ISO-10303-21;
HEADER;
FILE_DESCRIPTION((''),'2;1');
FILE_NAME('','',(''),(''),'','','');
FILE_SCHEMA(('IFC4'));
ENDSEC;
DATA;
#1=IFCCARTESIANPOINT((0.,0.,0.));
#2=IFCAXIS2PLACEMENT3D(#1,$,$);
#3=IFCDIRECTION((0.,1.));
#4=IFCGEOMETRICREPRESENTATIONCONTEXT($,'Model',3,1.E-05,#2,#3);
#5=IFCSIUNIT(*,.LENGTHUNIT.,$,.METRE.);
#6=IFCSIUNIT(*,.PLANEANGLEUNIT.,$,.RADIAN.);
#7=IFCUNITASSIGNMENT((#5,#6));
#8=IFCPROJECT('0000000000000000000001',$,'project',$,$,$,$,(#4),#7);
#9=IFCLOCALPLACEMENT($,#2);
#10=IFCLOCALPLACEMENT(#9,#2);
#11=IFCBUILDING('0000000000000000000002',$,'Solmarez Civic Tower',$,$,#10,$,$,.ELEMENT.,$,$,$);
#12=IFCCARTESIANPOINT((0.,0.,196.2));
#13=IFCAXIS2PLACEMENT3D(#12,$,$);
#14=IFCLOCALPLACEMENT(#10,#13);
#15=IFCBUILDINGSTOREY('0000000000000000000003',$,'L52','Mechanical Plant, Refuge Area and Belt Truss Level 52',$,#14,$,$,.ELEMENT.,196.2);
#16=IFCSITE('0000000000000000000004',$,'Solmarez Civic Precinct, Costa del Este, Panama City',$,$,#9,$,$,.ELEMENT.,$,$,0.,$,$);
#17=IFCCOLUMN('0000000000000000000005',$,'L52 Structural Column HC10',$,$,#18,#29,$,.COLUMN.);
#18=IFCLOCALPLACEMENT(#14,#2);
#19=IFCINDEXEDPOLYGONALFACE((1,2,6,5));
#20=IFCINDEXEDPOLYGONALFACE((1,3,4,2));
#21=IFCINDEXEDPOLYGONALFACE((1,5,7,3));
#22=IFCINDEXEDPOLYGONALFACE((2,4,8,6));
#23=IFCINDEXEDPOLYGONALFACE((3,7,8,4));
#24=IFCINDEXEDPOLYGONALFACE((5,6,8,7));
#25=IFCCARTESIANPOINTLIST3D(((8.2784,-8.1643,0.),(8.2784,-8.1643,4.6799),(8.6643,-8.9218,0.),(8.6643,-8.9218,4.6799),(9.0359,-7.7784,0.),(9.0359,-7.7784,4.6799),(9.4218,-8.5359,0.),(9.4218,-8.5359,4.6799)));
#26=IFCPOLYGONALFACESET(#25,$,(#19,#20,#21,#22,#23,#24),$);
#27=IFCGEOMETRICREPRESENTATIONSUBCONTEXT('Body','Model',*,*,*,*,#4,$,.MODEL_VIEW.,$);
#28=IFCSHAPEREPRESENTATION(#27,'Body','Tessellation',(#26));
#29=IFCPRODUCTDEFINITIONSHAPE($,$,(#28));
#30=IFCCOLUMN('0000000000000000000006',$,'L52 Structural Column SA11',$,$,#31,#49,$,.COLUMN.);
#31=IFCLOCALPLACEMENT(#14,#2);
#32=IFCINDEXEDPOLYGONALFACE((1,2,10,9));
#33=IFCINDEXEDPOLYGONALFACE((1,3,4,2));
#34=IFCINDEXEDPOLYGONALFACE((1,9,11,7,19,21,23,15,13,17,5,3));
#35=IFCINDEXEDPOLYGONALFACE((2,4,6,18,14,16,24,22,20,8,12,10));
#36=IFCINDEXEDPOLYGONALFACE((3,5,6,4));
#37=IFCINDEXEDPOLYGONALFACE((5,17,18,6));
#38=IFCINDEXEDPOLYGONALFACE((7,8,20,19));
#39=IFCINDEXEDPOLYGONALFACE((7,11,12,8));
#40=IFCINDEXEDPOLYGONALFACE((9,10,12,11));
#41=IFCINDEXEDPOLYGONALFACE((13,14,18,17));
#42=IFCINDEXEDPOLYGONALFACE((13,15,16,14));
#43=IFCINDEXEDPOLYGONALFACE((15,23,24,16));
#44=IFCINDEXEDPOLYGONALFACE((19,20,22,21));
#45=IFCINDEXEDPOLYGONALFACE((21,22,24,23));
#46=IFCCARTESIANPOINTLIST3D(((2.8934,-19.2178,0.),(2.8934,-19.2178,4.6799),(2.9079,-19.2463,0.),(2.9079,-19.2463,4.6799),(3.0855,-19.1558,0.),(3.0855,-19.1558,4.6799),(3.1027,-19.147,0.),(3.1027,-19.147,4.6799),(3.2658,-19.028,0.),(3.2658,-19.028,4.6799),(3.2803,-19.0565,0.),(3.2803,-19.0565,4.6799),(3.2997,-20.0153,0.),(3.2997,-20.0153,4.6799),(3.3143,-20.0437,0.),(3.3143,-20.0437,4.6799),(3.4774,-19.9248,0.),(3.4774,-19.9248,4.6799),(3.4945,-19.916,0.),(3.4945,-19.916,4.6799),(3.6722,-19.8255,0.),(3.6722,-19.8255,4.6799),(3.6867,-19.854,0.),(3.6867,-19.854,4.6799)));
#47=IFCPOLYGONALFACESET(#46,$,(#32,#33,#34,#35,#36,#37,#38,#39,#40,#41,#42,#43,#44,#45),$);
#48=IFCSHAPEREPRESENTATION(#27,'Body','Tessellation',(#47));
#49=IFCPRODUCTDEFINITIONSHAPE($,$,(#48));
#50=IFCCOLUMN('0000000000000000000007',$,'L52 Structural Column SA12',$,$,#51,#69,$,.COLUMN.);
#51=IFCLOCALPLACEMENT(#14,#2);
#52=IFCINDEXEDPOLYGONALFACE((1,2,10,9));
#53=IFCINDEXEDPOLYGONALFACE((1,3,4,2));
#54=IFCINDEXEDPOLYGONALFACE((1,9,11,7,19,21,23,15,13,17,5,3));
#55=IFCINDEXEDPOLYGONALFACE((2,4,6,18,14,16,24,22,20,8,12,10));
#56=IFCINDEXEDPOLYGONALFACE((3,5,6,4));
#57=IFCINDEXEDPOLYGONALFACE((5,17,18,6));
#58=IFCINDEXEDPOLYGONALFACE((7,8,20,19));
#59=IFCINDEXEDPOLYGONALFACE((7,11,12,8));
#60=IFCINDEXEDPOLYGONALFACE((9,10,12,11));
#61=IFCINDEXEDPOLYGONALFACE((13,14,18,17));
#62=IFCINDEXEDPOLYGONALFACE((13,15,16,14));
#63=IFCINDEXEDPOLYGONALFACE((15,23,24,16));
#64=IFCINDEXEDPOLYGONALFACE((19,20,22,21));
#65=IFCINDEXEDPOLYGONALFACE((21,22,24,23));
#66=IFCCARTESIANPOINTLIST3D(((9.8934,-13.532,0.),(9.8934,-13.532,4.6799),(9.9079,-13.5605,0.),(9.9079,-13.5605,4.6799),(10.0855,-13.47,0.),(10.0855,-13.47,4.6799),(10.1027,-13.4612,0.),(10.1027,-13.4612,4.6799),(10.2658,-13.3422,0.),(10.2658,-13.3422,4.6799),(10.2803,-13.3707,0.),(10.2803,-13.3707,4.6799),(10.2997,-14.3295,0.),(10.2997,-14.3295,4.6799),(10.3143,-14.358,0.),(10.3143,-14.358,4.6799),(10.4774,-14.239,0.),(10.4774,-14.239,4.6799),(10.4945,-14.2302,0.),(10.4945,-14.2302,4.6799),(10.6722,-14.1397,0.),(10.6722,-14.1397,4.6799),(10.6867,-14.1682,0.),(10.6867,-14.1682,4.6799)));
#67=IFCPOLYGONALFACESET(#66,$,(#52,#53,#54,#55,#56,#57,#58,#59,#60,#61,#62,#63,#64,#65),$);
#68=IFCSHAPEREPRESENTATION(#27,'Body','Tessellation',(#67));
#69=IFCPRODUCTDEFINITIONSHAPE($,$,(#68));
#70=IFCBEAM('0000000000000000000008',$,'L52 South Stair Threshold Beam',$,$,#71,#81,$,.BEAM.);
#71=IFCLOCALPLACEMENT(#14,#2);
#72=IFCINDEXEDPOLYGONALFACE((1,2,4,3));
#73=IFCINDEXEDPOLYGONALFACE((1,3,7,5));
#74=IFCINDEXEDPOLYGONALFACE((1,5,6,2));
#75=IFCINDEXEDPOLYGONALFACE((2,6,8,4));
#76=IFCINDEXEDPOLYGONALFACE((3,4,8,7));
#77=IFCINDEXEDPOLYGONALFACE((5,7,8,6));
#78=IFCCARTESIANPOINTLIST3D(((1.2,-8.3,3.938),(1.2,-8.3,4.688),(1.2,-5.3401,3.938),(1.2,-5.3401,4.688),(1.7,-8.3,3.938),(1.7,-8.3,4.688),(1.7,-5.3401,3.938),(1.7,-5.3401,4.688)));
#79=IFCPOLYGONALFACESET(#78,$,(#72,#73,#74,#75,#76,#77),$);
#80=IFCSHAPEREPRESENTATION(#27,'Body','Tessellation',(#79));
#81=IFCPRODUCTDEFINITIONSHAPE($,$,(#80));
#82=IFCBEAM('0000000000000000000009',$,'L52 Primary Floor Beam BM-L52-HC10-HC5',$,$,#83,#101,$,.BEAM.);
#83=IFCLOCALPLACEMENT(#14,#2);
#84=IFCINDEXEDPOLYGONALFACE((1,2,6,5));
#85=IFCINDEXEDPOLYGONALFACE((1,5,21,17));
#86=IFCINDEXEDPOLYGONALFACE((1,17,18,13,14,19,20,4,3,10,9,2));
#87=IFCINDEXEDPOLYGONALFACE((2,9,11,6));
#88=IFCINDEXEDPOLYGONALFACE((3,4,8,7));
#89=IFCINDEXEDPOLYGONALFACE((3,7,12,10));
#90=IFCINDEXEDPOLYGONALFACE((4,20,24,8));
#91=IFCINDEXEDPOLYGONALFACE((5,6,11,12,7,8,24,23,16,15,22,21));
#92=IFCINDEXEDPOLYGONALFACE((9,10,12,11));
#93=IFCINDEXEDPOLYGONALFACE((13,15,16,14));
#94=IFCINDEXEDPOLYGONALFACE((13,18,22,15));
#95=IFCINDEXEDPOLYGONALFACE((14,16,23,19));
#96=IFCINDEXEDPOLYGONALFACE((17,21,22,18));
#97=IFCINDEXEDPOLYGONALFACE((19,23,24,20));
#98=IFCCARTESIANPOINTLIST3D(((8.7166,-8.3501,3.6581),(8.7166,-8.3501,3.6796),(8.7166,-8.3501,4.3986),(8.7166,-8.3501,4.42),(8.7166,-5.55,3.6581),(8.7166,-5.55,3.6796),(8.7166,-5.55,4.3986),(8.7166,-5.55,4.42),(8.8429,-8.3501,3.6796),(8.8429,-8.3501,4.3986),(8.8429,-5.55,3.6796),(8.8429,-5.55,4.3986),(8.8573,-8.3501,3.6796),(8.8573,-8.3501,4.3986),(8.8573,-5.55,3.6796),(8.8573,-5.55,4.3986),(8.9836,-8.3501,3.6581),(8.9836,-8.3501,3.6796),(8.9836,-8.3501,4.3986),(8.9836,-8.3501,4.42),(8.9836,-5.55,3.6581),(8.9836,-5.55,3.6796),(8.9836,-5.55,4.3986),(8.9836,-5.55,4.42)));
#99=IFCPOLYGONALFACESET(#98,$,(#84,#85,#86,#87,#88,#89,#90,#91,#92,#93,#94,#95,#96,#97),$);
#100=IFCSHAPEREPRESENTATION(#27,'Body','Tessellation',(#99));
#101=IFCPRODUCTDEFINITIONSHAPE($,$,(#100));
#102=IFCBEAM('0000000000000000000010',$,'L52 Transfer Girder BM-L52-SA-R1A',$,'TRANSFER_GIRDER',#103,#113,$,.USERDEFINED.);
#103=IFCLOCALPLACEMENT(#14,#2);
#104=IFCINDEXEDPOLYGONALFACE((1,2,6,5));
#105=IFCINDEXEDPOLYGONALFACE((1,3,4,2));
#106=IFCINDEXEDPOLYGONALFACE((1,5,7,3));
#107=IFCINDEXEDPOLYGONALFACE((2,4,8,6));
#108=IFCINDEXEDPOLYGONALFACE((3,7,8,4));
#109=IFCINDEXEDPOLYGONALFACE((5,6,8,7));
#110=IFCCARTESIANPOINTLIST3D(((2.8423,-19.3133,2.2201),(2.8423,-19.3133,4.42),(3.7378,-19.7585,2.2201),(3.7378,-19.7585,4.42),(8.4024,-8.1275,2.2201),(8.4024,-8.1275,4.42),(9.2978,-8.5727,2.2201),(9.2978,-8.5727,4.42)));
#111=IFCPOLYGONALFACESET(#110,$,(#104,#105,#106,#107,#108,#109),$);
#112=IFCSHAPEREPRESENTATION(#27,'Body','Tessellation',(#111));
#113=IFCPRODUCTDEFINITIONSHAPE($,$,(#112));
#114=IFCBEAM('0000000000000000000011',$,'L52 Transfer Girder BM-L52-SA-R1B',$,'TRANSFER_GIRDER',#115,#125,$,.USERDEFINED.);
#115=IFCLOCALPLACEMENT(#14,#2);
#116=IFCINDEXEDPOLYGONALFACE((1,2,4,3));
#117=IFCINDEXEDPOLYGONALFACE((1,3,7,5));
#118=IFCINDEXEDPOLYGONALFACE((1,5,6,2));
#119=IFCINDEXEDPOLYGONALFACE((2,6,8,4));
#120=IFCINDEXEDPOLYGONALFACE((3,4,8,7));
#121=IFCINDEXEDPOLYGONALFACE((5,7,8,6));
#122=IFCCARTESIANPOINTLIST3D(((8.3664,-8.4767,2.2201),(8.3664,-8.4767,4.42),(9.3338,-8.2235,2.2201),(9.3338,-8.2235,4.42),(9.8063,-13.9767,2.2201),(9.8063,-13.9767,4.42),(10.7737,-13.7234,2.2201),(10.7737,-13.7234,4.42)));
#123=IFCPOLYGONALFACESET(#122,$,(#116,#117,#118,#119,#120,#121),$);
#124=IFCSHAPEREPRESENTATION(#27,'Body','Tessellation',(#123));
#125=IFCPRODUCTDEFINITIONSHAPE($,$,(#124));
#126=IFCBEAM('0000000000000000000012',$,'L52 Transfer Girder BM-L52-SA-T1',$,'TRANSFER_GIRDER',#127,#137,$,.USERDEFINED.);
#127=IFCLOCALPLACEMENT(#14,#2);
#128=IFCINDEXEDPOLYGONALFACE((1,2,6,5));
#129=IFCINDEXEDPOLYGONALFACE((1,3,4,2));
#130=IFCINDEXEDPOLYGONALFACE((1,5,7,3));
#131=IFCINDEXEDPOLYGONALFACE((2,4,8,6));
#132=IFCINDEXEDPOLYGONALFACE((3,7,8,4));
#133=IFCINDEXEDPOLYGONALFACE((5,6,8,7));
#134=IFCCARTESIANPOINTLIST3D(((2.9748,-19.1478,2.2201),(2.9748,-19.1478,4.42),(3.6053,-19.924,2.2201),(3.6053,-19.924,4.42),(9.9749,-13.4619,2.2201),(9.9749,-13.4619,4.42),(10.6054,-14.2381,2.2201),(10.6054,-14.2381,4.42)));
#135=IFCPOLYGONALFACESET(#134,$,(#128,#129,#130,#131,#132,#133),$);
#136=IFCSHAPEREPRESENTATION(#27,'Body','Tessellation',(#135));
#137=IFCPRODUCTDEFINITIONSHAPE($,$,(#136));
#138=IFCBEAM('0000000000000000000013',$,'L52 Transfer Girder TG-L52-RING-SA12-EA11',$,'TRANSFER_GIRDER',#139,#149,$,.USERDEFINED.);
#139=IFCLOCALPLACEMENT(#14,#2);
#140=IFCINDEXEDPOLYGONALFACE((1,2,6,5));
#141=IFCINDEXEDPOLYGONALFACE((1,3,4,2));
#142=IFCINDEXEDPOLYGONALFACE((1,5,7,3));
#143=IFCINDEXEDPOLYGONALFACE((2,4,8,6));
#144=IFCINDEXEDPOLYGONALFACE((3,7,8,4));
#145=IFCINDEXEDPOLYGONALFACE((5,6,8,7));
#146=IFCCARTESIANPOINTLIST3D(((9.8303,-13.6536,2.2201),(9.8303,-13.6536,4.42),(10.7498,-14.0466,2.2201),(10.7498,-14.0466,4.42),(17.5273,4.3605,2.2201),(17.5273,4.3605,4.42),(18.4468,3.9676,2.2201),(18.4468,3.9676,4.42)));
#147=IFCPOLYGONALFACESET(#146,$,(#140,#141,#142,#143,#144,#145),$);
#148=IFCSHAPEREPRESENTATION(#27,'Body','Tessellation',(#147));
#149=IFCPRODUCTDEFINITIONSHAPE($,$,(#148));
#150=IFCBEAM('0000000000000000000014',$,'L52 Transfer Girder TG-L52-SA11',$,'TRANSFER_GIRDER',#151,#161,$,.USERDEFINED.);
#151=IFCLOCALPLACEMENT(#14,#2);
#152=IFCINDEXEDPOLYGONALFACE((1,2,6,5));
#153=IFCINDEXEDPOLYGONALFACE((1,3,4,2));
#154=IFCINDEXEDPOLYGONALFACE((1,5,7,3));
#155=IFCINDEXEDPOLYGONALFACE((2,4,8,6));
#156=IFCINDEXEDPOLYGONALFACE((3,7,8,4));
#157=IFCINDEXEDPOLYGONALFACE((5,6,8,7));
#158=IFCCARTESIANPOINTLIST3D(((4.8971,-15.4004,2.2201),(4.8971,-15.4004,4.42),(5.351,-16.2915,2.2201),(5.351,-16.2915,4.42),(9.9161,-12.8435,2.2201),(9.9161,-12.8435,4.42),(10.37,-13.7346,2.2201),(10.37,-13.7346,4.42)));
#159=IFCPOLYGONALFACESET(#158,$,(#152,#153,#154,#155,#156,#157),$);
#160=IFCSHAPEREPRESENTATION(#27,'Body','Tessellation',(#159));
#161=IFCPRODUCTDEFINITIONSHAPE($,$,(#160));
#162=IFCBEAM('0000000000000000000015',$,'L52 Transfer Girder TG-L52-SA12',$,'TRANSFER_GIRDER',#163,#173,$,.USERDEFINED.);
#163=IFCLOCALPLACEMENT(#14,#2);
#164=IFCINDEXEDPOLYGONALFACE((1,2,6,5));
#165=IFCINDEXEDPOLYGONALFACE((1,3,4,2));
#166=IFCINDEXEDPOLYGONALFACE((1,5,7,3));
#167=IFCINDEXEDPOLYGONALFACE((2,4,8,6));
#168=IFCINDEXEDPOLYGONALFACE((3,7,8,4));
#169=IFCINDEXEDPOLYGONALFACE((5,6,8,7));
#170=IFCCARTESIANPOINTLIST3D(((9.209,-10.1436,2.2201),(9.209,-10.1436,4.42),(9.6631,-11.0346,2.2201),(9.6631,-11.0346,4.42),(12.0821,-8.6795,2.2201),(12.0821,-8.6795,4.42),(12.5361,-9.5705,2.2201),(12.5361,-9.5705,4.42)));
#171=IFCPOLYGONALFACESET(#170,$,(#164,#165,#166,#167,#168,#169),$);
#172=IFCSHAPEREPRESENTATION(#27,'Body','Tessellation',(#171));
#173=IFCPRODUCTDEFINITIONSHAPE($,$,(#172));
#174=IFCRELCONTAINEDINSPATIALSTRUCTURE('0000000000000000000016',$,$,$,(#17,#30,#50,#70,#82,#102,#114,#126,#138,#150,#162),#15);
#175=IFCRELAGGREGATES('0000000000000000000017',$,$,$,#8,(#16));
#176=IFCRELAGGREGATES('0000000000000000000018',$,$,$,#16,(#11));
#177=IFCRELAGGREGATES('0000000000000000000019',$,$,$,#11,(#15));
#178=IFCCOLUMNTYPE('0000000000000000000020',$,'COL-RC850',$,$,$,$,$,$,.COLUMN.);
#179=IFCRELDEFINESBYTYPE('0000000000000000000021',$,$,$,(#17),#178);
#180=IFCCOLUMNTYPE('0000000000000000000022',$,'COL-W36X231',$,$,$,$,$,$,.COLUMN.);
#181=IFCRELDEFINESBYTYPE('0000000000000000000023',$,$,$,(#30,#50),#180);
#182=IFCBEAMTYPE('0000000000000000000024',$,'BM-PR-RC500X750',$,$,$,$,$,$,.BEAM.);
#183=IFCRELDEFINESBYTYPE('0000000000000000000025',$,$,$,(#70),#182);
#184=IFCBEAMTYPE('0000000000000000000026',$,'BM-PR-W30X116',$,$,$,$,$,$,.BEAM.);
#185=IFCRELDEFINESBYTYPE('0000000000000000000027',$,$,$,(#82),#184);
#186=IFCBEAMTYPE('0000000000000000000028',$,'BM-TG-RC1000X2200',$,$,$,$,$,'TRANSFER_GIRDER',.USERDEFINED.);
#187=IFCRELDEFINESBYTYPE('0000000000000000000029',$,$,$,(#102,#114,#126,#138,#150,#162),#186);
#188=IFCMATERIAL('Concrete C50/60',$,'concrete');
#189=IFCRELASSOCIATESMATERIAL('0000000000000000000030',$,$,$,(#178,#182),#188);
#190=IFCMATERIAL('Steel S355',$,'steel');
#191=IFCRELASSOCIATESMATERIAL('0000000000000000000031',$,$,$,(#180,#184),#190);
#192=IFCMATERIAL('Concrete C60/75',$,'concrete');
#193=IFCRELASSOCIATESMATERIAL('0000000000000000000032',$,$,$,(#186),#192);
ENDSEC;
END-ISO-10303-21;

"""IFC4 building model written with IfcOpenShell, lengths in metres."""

from ifc_helpers import new_model, si_unit, direction, frame, origin, origin_2d, place, context, subcontext, project, spatial, rectangle, i_section, extrude, material, material_profile, profile_set, type_object, element, save


model = new_model("IFC4")

# Units and contexts
model_context = context("Model", 3, precision=1e-05, world=origin(), true_north=direction((0.0, 1.0)))
body_context = subcontext(model_context, "Body", "Model", "MODEL_VIEW")
ifc_project = project(units=[si_unit("LENGTHUNIT", "METRE"), si_unit("PLANEANGLEUNIT", "RADIAN")], contexts=[model_context])

# Site, building, storey
site_placement = place(None, origin())
site = spatial("IfcSite", under=ifc_project, at=site_placement, Name="Solmarez Civic Precinct, Costa del Este, Panama City", CompositionType="ELEMENT", RefElevation=0.0)
building_placement = place(site_placement, origin())
building = spatial("IfcBuilding", under=site, at=building_placement, Name="Solmarez Civic Tower", CompositionType="ELEMENT")
storey_placement = place(building_placement, frame((0.0, 0.0, 196.2)))
storey = spatial("IfcBuildingStorey", under=building, at=storey_placement, Name="L52", Description="Mechanical Plant, Refuge Area and Belt Truss Level 52", CompositionType="ELEMENT", Elevation=196.2)

# Columns
ifc_material_1 = material(Name="Concrete C50/60", Category="concrete")
ifc_material_profile_1 = material_profile(ifc_material_1, rectangle(XDim=0.8501, YDim=0.8501, at=origin_2d()), Name="RC850X850")
ifc_profile_set_1 = profile_set([ifc_material_profile_1], Name="Concrete C50/60")
column_type_1 = type_object("IfcColumnType", Name="COL-RC850", PredefinedType="COLUMN", material=ifc_profile_set_1)
column_placement = place(storey_placement, frame((8.8501, -8.3501, 0.0), z_axis=(0.0, 0.0, 1.0), x_axis=(0.891007, 0.45399, 0.0)))
element("IfcColumn", 1, at=column_placement, inside=storey, type_object=column_type_1, Name="L52 Structural Column HC10", PredefinedType="COLUMN", context=body_context, shape_type="SweptSolid", body=[
    extrude(rectangle(XDim=0.8501, YDim=0.8501, at=origin_2d()), origin(), (0.0, 0.0, 1.0), 4.6799),
])
ifc_material_2 = material(Name="Steel S355", Category="steel")
ifc_material_profile_2 = material_profile(ifc_material_2, i_section(OverallWidth=0.418, OverallDepth=0.927, WebThickness=0.0193, FlangeThickness=0.032, at=origin_2d()), Name="W36X231")
ifc_profile_set_2 = profile_set([ifc_material_profile_2], Name="Steel S355")
column_type_2 = type_object("IfcColumnType", Name="COL-W36X231", PredefinedType="COLUMN", material=ifc_profile_set_2)
for number, where, z_axis, x_axis, name in (
    (2, (3.29, -19.5359, 0.0), (0.0, 0.0, 1.0), (0.891007, 0.45399, 0.0), "L52 Structural Column SA11"),
    (3, (10.29, -13.8501, 0.0), (0.0, 0.0, 1.0), (0.891007, 0.45399, 0.0), "L52 Structural Column SA12"),
):
    element("IfcColumn", number, at=place(storey_placement, frame(where, z_axis=z_axis, x_axis=x_axis)), inside=storey, type_object=column_type_2, Name=name, PredefinedType="COLUMN", context=body_context, shape_type="SweptSolid", body=[
        extrude(i_section(OverallWidth=0.418, OverallDepth=0.927, WebThickness=0.0193, FlangeThickness=0.032, at=origin_2d()), origin(), (0.0, 0.0, 1.0), 4.6799),
    ])

# Beams
ifc_material_profile_3 = material_profile(ifc_material_1, rectangle(XDim=0.5, YDim=0.75, at=origin_2d()), Name="RC500X750")
ifc_profile_set_3 = profile_set([ifc_material_profile_3], Name="Concrete C50/60")
beam_type_1 = type_object("IfcBeamType", Name="BM-PR-RC500X750", PredefinedType="BEAM", material=ifc_profile_set_3)
beam_1_placement = place(storey_placement, frame((1.45, -8.3, 4.313), z_axis=(0.0, 1.0, 0.0), x_axis=(-1.0, 0.0, 0.0)))
element("IfcBeam", 4, at=beam_1_placement, inside=storey, type_object=beam_type_1, Name="L52 South Stair Threshold Beam", PredefinedType="BEAM", context=body_context, shape_type="SweptSolid", body=[
    extrude(rectangle(XDim=0.5, YDim=0.75, at=origin_2d()), origin(), (0.0, 0.0, 1.0), 2.96),
])
ifc_material_profile_4 = material_profile(ifc_material_2, i_section(OverallWidth=0.2671, OverallDepth=0.762, WebThickness=0.0144, FlangeThickness=0.0215, at=origin_2d()), Name="W30X116")
ifc_profile_set_4 = profile_set([ifc_material_profile_4], Name="Steel S355")
beam_type_2 = type_object("IfcBeamType", Name="BM-PR-W30X116", PredefinedType="BEAM", material=ifc_profile_set_4)
beam_2_placement = place(storey_placement, frame((8.8501, -8.3501, 4.0391), z_axis=(0.0, 1.0, 0.0), x_axis=(-1.0, 0.0, 0.0)))
element("IfcBeam", 5, at=beam_2_placement, inside=storey, type_object=beam_type_2, Name="L52 Primary Floor Beam BM-L52-HC10-HC5", PredefinedType="BEAM", context=body_context, shape_type="SweptSolid", body=[
    extrude(i_section(OverallWidth=0.2671, OverallDepth=0.762, WebThickness=0.0144, FlangeThickness=0.0215, at=origin_2d()), origin(), (0.0, 0.0, 1.0), 2.8),
])
ifc_material_3 = material(Name="Concrete C60/75", Category="concrete")
ifc_material_profile_5 = material_profile(ifc_material_3, rectangle(XDim=1.0, YDim=2.2, at=origin_2d()), Name="RC1000X2200")
ifc_profile_set_5 = profile_set([ifc_material_profile_5], Name="Concrete C60/75")
beam_type_3 = type_object("IfcBeamType", Name="BM-TG-RC1000X2200", ElementType="TRANSFER_GIRDER", PredefinedType="USERDEFINED", material=ifc_profile_set_5)
beam_3_placement = place(storey_placement, frame((8.8501, -8.3501, 3.3201), z_axis=(-0.445109, -0.895476, 0.0), x_axis=(0.895476, -0.445109, 0.0)))
element("IfcBeam", 6, at=beam_3_placement, inside=storey, type_object=beam_type_3, Name="L52 Transfer Girder BM-L52-SA-R1A", ObjectType="TRANSFER_GIRDER", PredefinedType="USERDEFINED", context=body_context, shape_type="SweptSolid", body=[
    extrude(rectangle(XDim=1.0, YDim=2.2, at=origin_2d()), origin(), (0.0, 0.0, 1.0), 12.4915),
])
beam_4_placement = place(storey_placement, frame((8.8501, -8.3501, 3.3201), z_axis=(0.253271, -0.967395, 0.0), x_axis=(0.967395, 0.253271, 0.0)))
element("IfcBeam", 7, at=beam_4_placement, inside=storey, type_object=beam_type_3, Name="L52 Transfer Girder BM-L52-SA-R1B", ObjectType="TRANSFER_GIRDER", PredefinedType="USERDEFINED", context=body_context, shape_type="SweptSolid", body=[
    extrude(rectangle(XDim=1.0, YDim=2.2, at=origin_2d()), origin(), (0.0, 0.0, 1.0), 5.6853),
])
beam_5_placement = place(storey_placement, frame((3.29, -19.5359, 3.3201), z_axis=(0.776207, 0.630478, 0.0), x_axis=(-0.630478, 0.776207, 0.0)))
element("IfcBeam", 8, at=beam_5_placement, inside=storey, type_object=beam_type_3, Name="L52 Transfer Girder BM-L52-SA-T1", ObjectType="TRANSFER_GIRDER", PredefinedType="USERDEFINED", context=body_context, shape_type="SweptSolid", body=[
    extrude(rectangle(XDim=1.0, YDim=2.2, at=origin_2d()), origin(), (0.0, 0.0, 1.0), 9.0183),
])
beam_6_placement = place(storey_placement, frame((10.29, -13.8501, 3.3201), z_axis=(0.392913, 0.919576, 0.0), x_axis=(-0.919576, 0.392913, 0.0)))
element("IfcBeam", 9, at=beam_6_placement, inside=storey, type_object=beam_type_3, Name="L52 Transfer Girder TG-L52-RING-SA12-EA11", ObjectType="TRANSFER_GIRDER", PredefinedType="USERDEFINED", context=body_context, shape_type="SweptSolid", body=[
    extrude(rectangle(XDim=1.0, YDim=2.2, at=origin_2d()), origin(), (0.0, 0.0, 1.0), 19.5896),
])
beam_7_placement = place(storey_placement, frame((5.124, -15.8459, 3.3201), z_axis=(0.891039, 0.453928, 0.0), x_axis=(-0.453928, 0.891039, 0.0)))
element("IfcBeam", 10, at=beam_7_placement, inside=storey, type_object=beam_type_3, Name="L52 Transfer Girder TG-L52-SA11", ObjectType="TRANSFER_GIRDER", PredefinedType="USERDEFINED", context=body_context, shape_type="SweptSolid", body=[
    extrude(rectangle(XDim=1.0, YDim=2.2, at=origin_2d()), origin(), (0.0, 0.0, 1.0), 5.6328),
])
beam_8_placement = place(storey_placement, frame((9.436, -10.5891, 3.3201), z_axis=(0.890979, 0.454045, 0.0), x_axis=(-0.454045, 0.890979, 0.0)))
element("IfcBeam", 11, at=beam_8_placement, inside=storey, type_object=beam_type_3, Name="L52 Transfer Girder TG-L52-SA12", ObjectType="TRANSFER_GIRDER", PredefinedType="USERDEFINED", context=body_context, shape_type="SweptSolid", body=[
    extrude(rectangle(XDim=1.0, YDim=2.2, at=origin_2d()), origin(), (0.0, 0.0, 1.0), 3.2246),
])

save(model, "model.ifc")
